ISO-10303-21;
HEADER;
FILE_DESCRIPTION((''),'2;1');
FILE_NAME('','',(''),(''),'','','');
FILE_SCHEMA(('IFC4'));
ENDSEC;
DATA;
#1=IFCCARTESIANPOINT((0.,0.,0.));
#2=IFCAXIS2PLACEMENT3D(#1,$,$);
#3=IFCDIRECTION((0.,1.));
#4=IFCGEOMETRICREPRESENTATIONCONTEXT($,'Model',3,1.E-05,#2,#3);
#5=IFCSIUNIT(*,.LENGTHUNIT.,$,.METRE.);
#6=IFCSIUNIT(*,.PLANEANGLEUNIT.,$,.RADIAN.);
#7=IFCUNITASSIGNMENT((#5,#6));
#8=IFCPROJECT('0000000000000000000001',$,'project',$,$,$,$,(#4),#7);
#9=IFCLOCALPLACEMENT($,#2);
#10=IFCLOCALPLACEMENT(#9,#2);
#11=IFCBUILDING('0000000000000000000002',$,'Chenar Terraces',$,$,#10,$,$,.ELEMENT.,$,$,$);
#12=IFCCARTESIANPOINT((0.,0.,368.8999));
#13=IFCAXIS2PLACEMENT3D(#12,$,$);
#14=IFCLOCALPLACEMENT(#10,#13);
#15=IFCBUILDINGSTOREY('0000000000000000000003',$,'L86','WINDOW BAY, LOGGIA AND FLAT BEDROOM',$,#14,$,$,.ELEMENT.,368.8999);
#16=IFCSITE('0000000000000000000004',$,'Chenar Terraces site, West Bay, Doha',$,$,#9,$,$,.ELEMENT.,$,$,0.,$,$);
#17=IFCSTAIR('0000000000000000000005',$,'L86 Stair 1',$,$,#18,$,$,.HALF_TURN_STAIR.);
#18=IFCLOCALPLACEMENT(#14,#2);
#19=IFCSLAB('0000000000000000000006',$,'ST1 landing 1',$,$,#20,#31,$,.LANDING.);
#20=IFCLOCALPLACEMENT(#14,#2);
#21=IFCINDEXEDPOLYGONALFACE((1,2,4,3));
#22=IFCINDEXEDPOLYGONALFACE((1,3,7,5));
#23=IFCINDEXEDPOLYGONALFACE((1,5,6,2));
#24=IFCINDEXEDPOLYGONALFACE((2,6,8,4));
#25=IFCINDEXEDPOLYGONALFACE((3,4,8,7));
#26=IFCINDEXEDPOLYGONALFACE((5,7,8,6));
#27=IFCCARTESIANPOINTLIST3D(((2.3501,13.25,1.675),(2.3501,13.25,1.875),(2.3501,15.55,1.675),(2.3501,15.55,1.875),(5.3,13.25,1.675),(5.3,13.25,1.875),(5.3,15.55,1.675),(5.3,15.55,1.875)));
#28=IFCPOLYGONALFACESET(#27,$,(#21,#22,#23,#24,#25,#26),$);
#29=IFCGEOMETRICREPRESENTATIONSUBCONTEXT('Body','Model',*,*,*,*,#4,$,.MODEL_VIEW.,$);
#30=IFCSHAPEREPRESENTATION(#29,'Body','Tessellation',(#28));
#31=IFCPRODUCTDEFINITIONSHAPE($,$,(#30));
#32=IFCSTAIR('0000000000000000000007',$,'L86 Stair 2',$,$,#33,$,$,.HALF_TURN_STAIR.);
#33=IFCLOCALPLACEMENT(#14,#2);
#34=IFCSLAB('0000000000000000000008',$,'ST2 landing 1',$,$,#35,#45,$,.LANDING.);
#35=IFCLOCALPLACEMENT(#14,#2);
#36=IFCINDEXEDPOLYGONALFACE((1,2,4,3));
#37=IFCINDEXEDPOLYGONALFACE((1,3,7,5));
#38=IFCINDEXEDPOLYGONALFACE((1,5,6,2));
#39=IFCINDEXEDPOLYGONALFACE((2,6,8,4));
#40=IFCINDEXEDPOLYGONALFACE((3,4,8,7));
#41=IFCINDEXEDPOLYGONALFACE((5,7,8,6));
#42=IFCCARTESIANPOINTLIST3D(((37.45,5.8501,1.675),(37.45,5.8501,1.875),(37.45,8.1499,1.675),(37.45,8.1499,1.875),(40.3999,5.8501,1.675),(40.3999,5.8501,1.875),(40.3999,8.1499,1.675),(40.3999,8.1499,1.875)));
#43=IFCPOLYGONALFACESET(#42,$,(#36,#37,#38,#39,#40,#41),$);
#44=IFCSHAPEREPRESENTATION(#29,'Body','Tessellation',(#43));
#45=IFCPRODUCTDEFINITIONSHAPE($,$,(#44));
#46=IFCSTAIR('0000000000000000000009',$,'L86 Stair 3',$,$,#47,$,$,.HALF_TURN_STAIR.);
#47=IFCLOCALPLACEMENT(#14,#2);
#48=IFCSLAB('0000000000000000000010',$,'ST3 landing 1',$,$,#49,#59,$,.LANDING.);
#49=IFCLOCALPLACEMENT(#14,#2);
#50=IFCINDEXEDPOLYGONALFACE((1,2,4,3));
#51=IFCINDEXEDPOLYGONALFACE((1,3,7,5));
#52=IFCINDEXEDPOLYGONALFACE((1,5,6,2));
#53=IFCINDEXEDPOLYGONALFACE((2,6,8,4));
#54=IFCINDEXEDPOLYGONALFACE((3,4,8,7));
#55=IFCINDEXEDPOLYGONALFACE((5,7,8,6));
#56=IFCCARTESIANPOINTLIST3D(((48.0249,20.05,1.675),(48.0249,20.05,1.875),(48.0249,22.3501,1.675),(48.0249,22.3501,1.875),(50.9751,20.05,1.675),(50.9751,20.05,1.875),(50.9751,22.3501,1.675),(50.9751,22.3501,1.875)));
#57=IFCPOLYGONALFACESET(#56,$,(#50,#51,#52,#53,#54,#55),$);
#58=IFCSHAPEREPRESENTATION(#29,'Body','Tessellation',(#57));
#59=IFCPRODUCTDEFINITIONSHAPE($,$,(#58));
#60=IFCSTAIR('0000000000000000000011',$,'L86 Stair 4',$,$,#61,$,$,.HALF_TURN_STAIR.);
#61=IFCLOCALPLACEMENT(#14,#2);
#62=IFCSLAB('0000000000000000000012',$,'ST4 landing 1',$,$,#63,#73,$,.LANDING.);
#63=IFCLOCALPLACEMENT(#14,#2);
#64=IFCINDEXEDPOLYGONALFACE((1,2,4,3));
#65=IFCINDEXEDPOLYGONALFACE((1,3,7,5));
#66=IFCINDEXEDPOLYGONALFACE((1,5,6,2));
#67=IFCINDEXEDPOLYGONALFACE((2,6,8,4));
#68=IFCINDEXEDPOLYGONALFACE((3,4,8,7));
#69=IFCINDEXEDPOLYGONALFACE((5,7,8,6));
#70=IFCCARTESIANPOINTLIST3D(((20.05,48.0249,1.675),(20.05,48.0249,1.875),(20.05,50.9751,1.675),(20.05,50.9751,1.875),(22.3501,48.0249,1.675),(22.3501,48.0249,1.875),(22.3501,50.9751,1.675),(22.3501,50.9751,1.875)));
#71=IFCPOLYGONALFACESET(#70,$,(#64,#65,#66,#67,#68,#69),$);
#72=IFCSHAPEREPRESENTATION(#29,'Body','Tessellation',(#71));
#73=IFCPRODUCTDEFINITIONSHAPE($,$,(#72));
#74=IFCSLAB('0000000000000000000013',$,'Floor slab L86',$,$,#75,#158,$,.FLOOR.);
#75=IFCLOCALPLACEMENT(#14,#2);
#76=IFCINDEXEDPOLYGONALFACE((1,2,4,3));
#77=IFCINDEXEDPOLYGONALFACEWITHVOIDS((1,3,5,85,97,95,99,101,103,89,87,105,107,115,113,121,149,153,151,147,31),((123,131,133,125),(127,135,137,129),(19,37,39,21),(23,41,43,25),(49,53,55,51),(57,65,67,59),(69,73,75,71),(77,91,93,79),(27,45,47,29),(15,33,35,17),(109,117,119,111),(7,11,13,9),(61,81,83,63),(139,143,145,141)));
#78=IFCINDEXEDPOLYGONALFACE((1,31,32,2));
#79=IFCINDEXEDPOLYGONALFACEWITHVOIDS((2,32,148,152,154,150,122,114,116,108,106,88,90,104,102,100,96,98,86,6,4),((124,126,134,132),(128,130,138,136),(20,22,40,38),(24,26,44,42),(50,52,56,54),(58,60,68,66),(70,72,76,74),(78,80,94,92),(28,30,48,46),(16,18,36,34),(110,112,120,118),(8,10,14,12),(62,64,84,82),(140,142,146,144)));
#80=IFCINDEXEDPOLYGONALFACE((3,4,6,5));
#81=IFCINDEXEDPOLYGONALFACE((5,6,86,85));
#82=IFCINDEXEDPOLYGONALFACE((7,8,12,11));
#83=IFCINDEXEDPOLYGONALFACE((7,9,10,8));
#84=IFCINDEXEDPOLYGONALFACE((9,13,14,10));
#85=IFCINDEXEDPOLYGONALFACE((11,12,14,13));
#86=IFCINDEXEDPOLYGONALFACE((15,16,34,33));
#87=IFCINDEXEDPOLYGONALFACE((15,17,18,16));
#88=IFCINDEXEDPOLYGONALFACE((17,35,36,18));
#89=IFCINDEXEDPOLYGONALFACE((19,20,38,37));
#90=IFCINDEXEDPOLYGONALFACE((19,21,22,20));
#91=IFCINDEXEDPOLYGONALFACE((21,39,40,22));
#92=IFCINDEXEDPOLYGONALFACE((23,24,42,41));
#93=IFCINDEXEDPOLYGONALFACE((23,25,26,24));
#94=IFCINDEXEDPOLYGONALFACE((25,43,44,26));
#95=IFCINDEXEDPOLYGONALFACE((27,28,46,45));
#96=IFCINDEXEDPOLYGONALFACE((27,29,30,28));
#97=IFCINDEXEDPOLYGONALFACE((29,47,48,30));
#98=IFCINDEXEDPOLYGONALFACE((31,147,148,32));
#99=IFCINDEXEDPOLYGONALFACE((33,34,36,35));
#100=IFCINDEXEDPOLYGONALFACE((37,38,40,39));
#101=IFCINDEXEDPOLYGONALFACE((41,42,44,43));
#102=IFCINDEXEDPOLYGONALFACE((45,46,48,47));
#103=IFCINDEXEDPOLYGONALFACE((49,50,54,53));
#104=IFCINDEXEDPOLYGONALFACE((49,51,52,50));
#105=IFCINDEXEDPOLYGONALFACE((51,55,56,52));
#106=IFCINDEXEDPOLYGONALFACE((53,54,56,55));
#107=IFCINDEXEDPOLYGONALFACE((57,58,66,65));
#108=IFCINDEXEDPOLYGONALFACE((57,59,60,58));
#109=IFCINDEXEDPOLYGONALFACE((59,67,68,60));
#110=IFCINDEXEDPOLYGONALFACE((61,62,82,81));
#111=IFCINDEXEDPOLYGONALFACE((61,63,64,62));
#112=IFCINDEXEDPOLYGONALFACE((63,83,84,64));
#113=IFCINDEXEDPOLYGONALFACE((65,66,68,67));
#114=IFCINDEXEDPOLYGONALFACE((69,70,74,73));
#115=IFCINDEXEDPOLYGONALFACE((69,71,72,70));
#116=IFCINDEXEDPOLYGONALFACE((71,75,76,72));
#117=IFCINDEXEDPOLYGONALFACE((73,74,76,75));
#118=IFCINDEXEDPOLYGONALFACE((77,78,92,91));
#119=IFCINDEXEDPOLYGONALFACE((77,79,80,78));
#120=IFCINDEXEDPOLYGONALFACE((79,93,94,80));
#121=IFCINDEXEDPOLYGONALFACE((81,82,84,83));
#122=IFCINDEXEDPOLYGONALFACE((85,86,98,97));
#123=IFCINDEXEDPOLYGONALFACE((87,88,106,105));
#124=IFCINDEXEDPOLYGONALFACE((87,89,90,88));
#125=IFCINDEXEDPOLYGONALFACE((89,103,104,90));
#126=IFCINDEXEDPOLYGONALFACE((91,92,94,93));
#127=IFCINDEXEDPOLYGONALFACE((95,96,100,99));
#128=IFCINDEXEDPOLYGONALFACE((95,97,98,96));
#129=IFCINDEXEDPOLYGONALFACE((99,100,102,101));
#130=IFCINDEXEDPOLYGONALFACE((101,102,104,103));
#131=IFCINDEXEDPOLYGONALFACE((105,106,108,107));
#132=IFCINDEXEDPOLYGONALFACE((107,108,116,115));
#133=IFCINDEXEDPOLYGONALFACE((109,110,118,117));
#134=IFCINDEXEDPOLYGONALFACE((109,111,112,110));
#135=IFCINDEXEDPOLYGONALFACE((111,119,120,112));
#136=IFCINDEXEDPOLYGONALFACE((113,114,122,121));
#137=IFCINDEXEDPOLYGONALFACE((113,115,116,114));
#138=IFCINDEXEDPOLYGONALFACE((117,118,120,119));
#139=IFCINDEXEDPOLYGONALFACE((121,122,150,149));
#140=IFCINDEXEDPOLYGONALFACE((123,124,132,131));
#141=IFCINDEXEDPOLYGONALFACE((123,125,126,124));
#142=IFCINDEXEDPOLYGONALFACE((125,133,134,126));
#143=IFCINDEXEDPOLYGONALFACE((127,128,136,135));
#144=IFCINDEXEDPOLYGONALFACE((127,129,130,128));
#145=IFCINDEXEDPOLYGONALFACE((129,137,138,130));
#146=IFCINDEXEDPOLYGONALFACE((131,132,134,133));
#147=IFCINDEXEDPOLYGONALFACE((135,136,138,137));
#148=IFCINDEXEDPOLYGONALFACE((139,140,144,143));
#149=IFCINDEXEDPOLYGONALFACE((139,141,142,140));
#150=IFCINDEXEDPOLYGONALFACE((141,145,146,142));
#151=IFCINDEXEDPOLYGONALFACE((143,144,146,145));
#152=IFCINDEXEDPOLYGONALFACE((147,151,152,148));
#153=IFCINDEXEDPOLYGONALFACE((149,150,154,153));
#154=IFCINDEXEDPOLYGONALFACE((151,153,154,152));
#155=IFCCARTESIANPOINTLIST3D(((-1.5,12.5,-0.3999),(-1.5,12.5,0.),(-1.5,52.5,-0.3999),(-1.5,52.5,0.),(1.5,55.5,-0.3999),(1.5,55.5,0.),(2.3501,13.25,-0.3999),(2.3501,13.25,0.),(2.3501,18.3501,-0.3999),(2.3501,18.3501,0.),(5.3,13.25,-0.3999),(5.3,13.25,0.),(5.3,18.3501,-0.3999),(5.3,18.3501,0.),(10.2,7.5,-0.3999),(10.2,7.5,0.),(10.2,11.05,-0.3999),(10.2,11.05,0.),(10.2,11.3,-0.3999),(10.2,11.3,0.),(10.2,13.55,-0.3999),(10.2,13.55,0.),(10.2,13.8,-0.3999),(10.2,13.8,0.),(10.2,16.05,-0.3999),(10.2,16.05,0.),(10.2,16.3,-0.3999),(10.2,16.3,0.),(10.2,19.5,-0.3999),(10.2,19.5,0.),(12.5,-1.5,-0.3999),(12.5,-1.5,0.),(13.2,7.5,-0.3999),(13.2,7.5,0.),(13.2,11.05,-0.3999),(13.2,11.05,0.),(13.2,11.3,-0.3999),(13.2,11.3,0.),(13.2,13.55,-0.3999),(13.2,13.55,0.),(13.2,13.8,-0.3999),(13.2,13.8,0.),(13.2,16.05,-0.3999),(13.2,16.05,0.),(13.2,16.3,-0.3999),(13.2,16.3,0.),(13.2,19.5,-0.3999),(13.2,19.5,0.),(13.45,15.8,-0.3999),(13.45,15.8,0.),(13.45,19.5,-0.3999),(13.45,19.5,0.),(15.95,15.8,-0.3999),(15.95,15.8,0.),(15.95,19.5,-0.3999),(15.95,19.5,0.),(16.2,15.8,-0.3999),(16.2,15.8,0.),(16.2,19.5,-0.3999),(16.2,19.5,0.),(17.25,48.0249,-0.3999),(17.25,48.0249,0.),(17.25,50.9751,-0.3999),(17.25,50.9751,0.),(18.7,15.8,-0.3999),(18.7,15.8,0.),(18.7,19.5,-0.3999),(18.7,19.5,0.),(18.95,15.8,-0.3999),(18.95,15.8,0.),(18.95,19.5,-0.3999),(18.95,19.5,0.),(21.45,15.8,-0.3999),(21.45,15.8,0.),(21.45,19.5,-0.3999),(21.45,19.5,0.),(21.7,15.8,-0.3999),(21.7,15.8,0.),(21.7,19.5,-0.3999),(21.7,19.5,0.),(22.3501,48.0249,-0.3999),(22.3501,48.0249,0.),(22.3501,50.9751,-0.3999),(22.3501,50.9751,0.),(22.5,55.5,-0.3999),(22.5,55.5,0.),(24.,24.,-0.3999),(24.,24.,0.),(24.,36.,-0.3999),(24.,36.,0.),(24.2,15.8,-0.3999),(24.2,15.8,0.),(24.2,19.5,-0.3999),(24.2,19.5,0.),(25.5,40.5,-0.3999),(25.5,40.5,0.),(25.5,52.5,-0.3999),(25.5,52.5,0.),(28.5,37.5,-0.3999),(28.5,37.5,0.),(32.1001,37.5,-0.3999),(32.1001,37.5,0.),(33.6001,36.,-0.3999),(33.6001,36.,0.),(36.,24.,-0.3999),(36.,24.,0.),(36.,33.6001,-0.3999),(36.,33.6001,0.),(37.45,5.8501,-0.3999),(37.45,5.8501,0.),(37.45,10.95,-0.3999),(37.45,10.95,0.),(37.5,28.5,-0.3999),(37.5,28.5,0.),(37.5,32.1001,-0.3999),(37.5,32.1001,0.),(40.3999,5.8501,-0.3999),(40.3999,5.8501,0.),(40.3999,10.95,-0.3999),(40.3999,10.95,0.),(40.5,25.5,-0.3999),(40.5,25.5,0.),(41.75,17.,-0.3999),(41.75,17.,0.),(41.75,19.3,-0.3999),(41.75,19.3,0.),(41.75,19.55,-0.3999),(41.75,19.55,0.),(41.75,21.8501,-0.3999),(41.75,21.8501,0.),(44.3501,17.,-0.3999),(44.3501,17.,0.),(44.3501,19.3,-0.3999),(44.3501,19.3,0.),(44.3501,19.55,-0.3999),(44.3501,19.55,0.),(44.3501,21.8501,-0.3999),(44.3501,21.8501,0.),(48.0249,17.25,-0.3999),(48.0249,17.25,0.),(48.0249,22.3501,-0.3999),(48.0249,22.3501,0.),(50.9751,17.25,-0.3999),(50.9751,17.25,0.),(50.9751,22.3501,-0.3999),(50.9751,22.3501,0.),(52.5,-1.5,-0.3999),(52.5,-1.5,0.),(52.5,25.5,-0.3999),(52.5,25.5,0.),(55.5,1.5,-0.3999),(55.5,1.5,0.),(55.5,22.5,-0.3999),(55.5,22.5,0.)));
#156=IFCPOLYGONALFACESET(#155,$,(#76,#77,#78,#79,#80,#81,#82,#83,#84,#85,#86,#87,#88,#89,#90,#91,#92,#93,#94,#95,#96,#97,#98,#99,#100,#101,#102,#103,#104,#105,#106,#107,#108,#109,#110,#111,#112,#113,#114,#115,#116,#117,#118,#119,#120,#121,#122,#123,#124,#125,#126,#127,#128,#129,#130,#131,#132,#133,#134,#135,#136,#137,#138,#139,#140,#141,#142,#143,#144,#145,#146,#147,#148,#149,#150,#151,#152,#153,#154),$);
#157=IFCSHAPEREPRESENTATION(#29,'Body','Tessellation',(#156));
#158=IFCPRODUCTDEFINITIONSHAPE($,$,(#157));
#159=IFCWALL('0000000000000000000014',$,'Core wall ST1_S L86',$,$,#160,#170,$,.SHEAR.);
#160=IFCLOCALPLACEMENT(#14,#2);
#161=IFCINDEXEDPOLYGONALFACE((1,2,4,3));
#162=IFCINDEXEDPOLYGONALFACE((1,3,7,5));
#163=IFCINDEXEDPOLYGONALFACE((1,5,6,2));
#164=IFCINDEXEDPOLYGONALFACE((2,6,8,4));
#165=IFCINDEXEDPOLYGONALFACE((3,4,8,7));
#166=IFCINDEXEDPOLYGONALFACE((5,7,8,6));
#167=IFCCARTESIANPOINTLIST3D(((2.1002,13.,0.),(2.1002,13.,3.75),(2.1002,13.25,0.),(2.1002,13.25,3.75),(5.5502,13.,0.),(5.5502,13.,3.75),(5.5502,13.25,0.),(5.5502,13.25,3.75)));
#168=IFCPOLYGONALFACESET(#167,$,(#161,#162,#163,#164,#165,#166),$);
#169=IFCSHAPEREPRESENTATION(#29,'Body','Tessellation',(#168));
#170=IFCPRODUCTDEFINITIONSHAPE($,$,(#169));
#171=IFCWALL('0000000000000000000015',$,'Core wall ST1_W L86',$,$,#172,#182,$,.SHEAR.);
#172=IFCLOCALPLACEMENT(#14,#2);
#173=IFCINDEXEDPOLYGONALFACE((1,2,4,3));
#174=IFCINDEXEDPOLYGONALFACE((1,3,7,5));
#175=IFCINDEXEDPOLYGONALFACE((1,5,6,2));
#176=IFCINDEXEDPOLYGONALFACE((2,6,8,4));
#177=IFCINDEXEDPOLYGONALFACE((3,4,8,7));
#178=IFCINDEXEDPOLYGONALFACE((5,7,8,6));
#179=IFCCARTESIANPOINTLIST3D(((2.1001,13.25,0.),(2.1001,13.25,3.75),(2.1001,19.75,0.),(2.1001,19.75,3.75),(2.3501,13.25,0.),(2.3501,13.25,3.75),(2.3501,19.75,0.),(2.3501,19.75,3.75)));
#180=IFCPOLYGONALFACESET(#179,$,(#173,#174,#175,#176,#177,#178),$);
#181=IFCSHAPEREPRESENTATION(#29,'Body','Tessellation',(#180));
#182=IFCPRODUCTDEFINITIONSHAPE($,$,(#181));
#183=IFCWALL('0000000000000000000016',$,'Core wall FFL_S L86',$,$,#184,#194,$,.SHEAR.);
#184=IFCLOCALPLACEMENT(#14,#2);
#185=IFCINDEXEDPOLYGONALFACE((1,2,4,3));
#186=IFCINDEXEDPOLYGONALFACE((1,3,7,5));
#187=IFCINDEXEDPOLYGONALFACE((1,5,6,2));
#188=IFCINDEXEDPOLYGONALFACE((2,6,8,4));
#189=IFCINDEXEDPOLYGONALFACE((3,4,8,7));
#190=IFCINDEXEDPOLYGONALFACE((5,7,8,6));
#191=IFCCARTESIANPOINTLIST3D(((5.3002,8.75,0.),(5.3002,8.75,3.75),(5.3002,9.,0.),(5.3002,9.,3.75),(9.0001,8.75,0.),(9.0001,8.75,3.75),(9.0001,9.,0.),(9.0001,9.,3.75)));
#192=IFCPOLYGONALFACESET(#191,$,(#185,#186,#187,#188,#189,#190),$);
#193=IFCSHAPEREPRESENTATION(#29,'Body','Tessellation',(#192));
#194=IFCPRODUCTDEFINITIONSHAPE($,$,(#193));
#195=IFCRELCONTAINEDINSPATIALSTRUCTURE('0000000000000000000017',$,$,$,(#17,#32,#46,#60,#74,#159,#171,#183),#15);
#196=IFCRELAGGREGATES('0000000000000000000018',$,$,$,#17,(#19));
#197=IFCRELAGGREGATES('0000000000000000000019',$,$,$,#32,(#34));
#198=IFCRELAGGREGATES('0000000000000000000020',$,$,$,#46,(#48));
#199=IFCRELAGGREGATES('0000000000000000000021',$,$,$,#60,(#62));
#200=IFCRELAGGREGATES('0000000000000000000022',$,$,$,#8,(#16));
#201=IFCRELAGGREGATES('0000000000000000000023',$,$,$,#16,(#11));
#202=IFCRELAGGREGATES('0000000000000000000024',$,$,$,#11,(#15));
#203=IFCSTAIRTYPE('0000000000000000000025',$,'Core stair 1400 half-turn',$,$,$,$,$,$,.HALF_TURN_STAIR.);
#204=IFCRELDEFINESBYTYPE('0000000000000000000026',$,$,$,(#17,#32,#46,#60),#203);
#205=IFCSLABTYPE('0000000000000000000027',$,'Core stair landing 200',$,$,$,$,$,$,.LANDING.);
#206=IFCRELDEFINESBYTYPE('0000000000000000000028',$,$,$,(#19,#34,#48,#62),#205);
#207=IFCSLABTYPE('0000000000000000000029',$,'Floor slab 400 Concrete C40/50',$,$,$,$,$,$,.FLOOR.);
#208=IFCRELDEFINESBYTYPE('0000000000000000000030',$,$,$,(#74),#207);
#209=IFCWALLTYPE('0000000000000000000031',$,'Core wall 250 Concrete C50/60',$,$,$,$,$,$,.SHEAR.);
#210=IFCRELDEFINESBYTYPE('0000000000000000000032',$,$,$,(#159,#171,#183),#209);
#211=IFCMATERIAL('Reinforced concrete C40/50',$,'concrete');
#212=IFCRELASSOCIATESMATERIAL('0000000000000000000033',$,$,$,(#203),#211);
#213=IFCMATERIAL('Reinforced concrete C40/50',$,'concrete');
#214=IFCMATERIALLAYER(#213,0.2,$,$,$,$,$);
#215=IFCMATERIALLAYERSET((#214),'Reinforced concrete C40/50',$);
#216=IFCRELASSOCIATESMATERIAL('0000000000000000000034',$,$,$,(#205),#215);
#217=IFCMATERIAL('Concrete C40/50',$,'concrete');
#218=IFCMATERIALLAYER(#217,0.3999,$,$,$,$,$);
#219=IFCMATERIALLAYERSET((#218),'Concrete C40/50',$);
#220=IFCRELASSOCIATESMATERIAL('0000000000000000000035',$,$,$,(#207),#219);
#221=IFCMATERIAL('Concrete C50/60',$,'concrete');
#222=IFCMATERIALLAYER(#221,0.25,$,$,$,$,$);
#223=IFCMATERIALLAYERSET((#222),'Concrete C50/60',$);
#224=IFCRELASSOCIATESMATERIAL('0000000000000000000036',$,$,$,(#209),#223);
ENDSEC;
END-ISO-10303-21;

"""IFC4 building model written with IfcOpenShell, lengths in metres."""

from ifc_helpers import new_model, si_unit, direction, frame, frame_2d, origin, place, context, subcontext, project, spatial, polyline, rectangle, outline, extrude, material, layer, layer_set, type_object, element, aggregate, save


model = new_model("IFC4")

# Units and contexts
model_context = context("Model", 3, precision=1e-05, world=origin(), true_north=direction((0.0, 1.0)))
body_context = subcontext(model_context, "Body", "Model", "MODEL_VIEW")
ifc_project = project(units=[si_unit("LENGTHUNIT", "METRE"), si_unit("PLANEANGLEUNIT", "RADIAN")], contexts=[model_context])

# Site, building, storey
site_placement = place(None, origin())
site = spatial("IfcSite", under=ifc_project, at=site_placement, Name="Chenar Terraces site, West Bay, Doha", CompositionType="ELEMENT", RefElevation=0.0)
building_placement = place(site_placement, origin())
building = spatial("IfcBuilding", under=site, at=building_placement, Name="Chenar Terraces", CompositionType="ELEMENT")
storey_placement = place(building_placement, frame((0.0, 0.0, 368.8999)))
storey = spatial("IfcBuildingStorey", under=building, at=storey_placement, Name="L86", Description="WINDOW BAY, LOGGIA AND FLAT BEDROOM", CompositionType="ELEMENT", Elevation=368.8999)

# Stairs, slabs
ifc_material_1 = material(Name="Reinforced concrete C40/50", Category="concrete")
stair_type = type_object("IfcStairType", Name="Core stair 1400 half-turn", PredefinedType="HALF_TURN_STAIR", material=ifc_material_1)
placement_1 = place(storey_placement, origin())
stair_1 = element("IfcStair", 1, at=placement_1, inside=storey, type_object=stair_type, Name="L86 Stair 1", PredefinedType="HALF_TURN_STAIR")
ifc_material_2 = material(Name="Reinforced concrete C40/50", Category="concrete")
ifc_layer_1 = layer(ifc_material_2, 0.2)
ifc_layer_set_1 = layer_set([ifc_layer_1], Name="Reinforced concrete C40/50")
slab_type_1 = type_object("IfcSlabType", Name="Core stair landing 200", PredefinedType="LANDING", material=ifc_layer_set_1)
placement_2 = place(storey_placement, frame((0.0, 0.0, 1.675)))
slab_1 = element("IfcSlab", 2, at=placement_2, type_object=slab_type_1, Name="ST1 landing 1", PredefinedType="LANDING", context=body_context, shape_type="SweptSolid", body=[
    extrude(outline(polyline([(2.3501, 15.55), (2.3501, 13.25), (5.3, 13.25), (5.3, 15.55), (2.3501, 15.55)])), origin(), (0.0, 0.0, 1.0), 0.2),
])
aggregate(stair_1, [slab_1])
stair_2 = element("IfcStair", 3, at=placement_1, inside=storey, type_object=stair_type, Name="L86 Stair 2", PredefinedType="HALF_TURN_STAIR")
slab_2 = element("IfcSlab", 4, at=placement_2, type_object=slab_type_1, Name="ST2 landing 1", PredefinedType="LANDING", context=body_context, shape_type="SweptSolid", body=[
    extrude(outline(polyline([(37.45, 8.1499), (37.45, 5.8501), (40.3999, 5.8501), (40.3999, 8.1499), (37.45, 8.1499)])), origin(), (0.0, 0.0, 1.0), 0.2),
])
aggregate(stair_2, [slab_2])
stair_3 = element("IfcStair", 5, at=placement_1, inside=storey, type_object=stair_type, Name="L86 Stair 3", PredefinedType="HALF_TURN_STAIR")
slab_3 = element("IfcSlab", 6, at=placement_2, type_object=slab_type_1, Name="ST3 landing 1", PredefinedType="LANDING", context=body_context, shape_type="SweptSolid", body=[
    extrude(outline(polyline([(50.9751, 20.05), (50.9751, 22.3501), (48.0249, 22.3501), (48.0249, 20.05), (50.9751, 20.05)])), origin(), (0.0, 0.0, 1.0), 0.2),
])
aggregate(stair_3, [slab_3])
stair_4 = element("IfcStair", 7, at=placement_1, inside=storey, type_object=stair_type, Name="L86 Stair 4", PredefinedType="HALF_TURN_STAIR")
slab_4 = element("IfcSlab", 8, at=placement_2, type_object=slab_type_1, Name="ST4 landing 1", PredefinedType="LANDING", context=body_context, shape_type="SweptSolid", body=[
    extrude(outline(polyline([(20.05, 48.0249), (22.3501, 48.0249), (22.3501, 50.9751), (20.05, 50.9751), (20.05, 48.0249)])), origin(), (0.0, 0.0, 1.0), 0.2),
])
aggregate(stair_4, [slab_4])

# Slab
ifc_material_3 = material(Name="Concrete C40/50", Category="concrete")
ifc_layer_2 = layer(ifc_material_3, 0.3999)
ifc_layer_set_2 = layer_set([ifc_layer_2], Name="Concrete C40/50")
slab_type_2 = type_object("IfcSlabType", Name="Floor slab 400 Concrete C40/50", PredefinedType="FLOOR", material=ifc_layer_set_2)
slab_5_placement = place(storey_placement, frame((0.0, 0.0, -0.3999)))
element("IfcSlab", 9, at=slab_5_placement, inside=storey, type_object=slab_type_2, Name="Floor slab L86", PredefinedType="FLOOR", context=body_context, shape_type="SweptSolid", body=[
    extrude(outline(polyline([(55.5, 22.5), (55.5, 1.5), (52.5, -1.5), (12.5, -1.5), (-1.5, 12.5), (-1.5, 52.5), (1.5, 55.5), (22.5, 55.5), (25.5, 52.5), (25.5, 40.5), (28.5, 37.5), (32.1001, 37.5), (33.6001, 36.0), (24.0, 36.0), (24.0, 24.0), (36.0, 24.0), (36.0, 33.6001), (37.5, 32.1001), (37.5, 28.5), (40.5, 25.5), (52.5, 25.5), (55.5, 22.5)]), holes=[polyline([(10.2, 11.05), (10.2, 7.5), (13.2, 7.5), (13.2, 11.05), (10.2, 11.05)]), polyline([(13.2, 13.55), (10.2, 13.55), (10.2, 11.3), (13.2, 11.3), (13.2, 13.55)]), polyline([(13.2, 16.05), (10.2, 16.05), (10.2, 13.8), (13.2, 13.8), (13.2, 16.05)]), polyline([(2.3501, 13.25), (5.3, 13.25), (5.3, 18.3501), (2.3501, 18.3501), (2.3501, 13.25)]), polyline([(15.95, 19.5), (13.45, 19.5), (13.45, 15.8), (15.95, 15.8), (15.95, 19.5)]), polyline([(18.7, 19.5), (16.2, 19.5), (16.2, 15.8), (18.7, 15.8), (18.7, 19.5)]), polyline([(13.2, 19.5), (10.2, 19.5), (10.2, 16.3), (13.2, 16.3), (13.2, 19.5)]), polyline([(22.3501, 48.0249), (22.3501, 50.9751), (17.25, 50.9751), (17.25, 48.0249), (22.3501, 48.0249)]), polyline([(37.45, 5.8501), (40.3999, 5.8501), (40.3999, 10.95), (37.45, 10.95), (37.45, 5.8501)]), polyline([(21.45, 19.5), (18.95, 19.5), (18.95, 15.8), (21.45, 15.8), (21.45, 19.5)]), polyline([(24.2, 19.5), (21.7, 19.5), (21.7, 15.8), (24.2, 15.8), (24.2, 19.5)]), polyline([(44.3501, 19.3), (41.75, 19.3), (41.75, 17.0), (44.3501, 17.0), (44.3501, 19.3)]), polyline([(50.9751, 22.3501), (48.0249, 22.3501), (48.0249, 17.25), (50.9751, 17.25), (50.9751, 22.3501)]), polyline([(44.3501, 21.8501), (41.75, 21.8501), (41.75, 19.55), (44.3501, 19.55), (44.3501, 21.8501)])]), origin(), (0.0, 0.0, 1.0), 0.3999),
])

# Walls
ifc_material_4 = material(Name="Concrete C50/60", Category="concrete")
ifc_layer_3 = layer(ifc_material_4, 0.25)
ifc_layer_set_3 = layer_set([ifc_layer_3], Name="Concrete C50/60")
wall_type_1 = type_object("IfcWallType", Name="Core wall 250 Concrete C50/60", PredefinedType="SHEAR", material=ifc_layer_set_3)
wall_1_placement = place(storey_placement, frame((2.1001, 13.125, 0.0), z_axis=(0.0, 0.0, 1.0), x_axis=(1.0, 0.0, 0.0)))
element("IfcWall", 10, at=wall_1_placement, inside=storey, type_object=wall_type_1, Name="Core wall ST1_S L86", PredefinedType="SHEAR", context=body_context, shape_type="SweptSolid", body=[
    extrude(rectangle(XDim=3.45, YDim=0.25, at=frame_2d((1.7251, 0.0))), origin(), (0.0, 0.0, 1.0), 3.75),
])
wall_2_placement = place(storey_placement, frame((2.2251, 13.25, 0.0), z_axis=(0.0, 0.0, 1.0), x_axis=(0.0, 1.0, 0.0)))
element("IfcWall", 11, at=wall_2_placement, inside=storey, type_object=wall_type_1, Name="Core wall ST1_W L86", PredefinedType="SHEAR", context=body_context, shape_type="SweptSolid", body=[
    extrude(rectangle(XDim=6.5, YDim=0.25, at=frame_2d((3.25, 0.0))), origin(), (0.0, 0.0, 1.0), 3.75),
])
wall_3_placement = place(storey_placement, frame((5.3, 8.875, 0.0), z_axis=(0.0, 0.0, 1.0), x_axis=(1.0, 0.0, 0.0)))
element("IfcWall", 12, at=wall_3_placement, inside=storey, type_object=wall_type_1, Name="Core wall FFL_S L86", PredefinedType="SHEAR", context=body_context, shape_type="SweptSolid", body=[
    extrude(rectangle(XDim=3.7, YDim=0.25, at=frame_2d((1.8501, 0.0))), origin(), (0.0, 0.0, 1.0), 3.75),
])

save(model, "model.ifc")
